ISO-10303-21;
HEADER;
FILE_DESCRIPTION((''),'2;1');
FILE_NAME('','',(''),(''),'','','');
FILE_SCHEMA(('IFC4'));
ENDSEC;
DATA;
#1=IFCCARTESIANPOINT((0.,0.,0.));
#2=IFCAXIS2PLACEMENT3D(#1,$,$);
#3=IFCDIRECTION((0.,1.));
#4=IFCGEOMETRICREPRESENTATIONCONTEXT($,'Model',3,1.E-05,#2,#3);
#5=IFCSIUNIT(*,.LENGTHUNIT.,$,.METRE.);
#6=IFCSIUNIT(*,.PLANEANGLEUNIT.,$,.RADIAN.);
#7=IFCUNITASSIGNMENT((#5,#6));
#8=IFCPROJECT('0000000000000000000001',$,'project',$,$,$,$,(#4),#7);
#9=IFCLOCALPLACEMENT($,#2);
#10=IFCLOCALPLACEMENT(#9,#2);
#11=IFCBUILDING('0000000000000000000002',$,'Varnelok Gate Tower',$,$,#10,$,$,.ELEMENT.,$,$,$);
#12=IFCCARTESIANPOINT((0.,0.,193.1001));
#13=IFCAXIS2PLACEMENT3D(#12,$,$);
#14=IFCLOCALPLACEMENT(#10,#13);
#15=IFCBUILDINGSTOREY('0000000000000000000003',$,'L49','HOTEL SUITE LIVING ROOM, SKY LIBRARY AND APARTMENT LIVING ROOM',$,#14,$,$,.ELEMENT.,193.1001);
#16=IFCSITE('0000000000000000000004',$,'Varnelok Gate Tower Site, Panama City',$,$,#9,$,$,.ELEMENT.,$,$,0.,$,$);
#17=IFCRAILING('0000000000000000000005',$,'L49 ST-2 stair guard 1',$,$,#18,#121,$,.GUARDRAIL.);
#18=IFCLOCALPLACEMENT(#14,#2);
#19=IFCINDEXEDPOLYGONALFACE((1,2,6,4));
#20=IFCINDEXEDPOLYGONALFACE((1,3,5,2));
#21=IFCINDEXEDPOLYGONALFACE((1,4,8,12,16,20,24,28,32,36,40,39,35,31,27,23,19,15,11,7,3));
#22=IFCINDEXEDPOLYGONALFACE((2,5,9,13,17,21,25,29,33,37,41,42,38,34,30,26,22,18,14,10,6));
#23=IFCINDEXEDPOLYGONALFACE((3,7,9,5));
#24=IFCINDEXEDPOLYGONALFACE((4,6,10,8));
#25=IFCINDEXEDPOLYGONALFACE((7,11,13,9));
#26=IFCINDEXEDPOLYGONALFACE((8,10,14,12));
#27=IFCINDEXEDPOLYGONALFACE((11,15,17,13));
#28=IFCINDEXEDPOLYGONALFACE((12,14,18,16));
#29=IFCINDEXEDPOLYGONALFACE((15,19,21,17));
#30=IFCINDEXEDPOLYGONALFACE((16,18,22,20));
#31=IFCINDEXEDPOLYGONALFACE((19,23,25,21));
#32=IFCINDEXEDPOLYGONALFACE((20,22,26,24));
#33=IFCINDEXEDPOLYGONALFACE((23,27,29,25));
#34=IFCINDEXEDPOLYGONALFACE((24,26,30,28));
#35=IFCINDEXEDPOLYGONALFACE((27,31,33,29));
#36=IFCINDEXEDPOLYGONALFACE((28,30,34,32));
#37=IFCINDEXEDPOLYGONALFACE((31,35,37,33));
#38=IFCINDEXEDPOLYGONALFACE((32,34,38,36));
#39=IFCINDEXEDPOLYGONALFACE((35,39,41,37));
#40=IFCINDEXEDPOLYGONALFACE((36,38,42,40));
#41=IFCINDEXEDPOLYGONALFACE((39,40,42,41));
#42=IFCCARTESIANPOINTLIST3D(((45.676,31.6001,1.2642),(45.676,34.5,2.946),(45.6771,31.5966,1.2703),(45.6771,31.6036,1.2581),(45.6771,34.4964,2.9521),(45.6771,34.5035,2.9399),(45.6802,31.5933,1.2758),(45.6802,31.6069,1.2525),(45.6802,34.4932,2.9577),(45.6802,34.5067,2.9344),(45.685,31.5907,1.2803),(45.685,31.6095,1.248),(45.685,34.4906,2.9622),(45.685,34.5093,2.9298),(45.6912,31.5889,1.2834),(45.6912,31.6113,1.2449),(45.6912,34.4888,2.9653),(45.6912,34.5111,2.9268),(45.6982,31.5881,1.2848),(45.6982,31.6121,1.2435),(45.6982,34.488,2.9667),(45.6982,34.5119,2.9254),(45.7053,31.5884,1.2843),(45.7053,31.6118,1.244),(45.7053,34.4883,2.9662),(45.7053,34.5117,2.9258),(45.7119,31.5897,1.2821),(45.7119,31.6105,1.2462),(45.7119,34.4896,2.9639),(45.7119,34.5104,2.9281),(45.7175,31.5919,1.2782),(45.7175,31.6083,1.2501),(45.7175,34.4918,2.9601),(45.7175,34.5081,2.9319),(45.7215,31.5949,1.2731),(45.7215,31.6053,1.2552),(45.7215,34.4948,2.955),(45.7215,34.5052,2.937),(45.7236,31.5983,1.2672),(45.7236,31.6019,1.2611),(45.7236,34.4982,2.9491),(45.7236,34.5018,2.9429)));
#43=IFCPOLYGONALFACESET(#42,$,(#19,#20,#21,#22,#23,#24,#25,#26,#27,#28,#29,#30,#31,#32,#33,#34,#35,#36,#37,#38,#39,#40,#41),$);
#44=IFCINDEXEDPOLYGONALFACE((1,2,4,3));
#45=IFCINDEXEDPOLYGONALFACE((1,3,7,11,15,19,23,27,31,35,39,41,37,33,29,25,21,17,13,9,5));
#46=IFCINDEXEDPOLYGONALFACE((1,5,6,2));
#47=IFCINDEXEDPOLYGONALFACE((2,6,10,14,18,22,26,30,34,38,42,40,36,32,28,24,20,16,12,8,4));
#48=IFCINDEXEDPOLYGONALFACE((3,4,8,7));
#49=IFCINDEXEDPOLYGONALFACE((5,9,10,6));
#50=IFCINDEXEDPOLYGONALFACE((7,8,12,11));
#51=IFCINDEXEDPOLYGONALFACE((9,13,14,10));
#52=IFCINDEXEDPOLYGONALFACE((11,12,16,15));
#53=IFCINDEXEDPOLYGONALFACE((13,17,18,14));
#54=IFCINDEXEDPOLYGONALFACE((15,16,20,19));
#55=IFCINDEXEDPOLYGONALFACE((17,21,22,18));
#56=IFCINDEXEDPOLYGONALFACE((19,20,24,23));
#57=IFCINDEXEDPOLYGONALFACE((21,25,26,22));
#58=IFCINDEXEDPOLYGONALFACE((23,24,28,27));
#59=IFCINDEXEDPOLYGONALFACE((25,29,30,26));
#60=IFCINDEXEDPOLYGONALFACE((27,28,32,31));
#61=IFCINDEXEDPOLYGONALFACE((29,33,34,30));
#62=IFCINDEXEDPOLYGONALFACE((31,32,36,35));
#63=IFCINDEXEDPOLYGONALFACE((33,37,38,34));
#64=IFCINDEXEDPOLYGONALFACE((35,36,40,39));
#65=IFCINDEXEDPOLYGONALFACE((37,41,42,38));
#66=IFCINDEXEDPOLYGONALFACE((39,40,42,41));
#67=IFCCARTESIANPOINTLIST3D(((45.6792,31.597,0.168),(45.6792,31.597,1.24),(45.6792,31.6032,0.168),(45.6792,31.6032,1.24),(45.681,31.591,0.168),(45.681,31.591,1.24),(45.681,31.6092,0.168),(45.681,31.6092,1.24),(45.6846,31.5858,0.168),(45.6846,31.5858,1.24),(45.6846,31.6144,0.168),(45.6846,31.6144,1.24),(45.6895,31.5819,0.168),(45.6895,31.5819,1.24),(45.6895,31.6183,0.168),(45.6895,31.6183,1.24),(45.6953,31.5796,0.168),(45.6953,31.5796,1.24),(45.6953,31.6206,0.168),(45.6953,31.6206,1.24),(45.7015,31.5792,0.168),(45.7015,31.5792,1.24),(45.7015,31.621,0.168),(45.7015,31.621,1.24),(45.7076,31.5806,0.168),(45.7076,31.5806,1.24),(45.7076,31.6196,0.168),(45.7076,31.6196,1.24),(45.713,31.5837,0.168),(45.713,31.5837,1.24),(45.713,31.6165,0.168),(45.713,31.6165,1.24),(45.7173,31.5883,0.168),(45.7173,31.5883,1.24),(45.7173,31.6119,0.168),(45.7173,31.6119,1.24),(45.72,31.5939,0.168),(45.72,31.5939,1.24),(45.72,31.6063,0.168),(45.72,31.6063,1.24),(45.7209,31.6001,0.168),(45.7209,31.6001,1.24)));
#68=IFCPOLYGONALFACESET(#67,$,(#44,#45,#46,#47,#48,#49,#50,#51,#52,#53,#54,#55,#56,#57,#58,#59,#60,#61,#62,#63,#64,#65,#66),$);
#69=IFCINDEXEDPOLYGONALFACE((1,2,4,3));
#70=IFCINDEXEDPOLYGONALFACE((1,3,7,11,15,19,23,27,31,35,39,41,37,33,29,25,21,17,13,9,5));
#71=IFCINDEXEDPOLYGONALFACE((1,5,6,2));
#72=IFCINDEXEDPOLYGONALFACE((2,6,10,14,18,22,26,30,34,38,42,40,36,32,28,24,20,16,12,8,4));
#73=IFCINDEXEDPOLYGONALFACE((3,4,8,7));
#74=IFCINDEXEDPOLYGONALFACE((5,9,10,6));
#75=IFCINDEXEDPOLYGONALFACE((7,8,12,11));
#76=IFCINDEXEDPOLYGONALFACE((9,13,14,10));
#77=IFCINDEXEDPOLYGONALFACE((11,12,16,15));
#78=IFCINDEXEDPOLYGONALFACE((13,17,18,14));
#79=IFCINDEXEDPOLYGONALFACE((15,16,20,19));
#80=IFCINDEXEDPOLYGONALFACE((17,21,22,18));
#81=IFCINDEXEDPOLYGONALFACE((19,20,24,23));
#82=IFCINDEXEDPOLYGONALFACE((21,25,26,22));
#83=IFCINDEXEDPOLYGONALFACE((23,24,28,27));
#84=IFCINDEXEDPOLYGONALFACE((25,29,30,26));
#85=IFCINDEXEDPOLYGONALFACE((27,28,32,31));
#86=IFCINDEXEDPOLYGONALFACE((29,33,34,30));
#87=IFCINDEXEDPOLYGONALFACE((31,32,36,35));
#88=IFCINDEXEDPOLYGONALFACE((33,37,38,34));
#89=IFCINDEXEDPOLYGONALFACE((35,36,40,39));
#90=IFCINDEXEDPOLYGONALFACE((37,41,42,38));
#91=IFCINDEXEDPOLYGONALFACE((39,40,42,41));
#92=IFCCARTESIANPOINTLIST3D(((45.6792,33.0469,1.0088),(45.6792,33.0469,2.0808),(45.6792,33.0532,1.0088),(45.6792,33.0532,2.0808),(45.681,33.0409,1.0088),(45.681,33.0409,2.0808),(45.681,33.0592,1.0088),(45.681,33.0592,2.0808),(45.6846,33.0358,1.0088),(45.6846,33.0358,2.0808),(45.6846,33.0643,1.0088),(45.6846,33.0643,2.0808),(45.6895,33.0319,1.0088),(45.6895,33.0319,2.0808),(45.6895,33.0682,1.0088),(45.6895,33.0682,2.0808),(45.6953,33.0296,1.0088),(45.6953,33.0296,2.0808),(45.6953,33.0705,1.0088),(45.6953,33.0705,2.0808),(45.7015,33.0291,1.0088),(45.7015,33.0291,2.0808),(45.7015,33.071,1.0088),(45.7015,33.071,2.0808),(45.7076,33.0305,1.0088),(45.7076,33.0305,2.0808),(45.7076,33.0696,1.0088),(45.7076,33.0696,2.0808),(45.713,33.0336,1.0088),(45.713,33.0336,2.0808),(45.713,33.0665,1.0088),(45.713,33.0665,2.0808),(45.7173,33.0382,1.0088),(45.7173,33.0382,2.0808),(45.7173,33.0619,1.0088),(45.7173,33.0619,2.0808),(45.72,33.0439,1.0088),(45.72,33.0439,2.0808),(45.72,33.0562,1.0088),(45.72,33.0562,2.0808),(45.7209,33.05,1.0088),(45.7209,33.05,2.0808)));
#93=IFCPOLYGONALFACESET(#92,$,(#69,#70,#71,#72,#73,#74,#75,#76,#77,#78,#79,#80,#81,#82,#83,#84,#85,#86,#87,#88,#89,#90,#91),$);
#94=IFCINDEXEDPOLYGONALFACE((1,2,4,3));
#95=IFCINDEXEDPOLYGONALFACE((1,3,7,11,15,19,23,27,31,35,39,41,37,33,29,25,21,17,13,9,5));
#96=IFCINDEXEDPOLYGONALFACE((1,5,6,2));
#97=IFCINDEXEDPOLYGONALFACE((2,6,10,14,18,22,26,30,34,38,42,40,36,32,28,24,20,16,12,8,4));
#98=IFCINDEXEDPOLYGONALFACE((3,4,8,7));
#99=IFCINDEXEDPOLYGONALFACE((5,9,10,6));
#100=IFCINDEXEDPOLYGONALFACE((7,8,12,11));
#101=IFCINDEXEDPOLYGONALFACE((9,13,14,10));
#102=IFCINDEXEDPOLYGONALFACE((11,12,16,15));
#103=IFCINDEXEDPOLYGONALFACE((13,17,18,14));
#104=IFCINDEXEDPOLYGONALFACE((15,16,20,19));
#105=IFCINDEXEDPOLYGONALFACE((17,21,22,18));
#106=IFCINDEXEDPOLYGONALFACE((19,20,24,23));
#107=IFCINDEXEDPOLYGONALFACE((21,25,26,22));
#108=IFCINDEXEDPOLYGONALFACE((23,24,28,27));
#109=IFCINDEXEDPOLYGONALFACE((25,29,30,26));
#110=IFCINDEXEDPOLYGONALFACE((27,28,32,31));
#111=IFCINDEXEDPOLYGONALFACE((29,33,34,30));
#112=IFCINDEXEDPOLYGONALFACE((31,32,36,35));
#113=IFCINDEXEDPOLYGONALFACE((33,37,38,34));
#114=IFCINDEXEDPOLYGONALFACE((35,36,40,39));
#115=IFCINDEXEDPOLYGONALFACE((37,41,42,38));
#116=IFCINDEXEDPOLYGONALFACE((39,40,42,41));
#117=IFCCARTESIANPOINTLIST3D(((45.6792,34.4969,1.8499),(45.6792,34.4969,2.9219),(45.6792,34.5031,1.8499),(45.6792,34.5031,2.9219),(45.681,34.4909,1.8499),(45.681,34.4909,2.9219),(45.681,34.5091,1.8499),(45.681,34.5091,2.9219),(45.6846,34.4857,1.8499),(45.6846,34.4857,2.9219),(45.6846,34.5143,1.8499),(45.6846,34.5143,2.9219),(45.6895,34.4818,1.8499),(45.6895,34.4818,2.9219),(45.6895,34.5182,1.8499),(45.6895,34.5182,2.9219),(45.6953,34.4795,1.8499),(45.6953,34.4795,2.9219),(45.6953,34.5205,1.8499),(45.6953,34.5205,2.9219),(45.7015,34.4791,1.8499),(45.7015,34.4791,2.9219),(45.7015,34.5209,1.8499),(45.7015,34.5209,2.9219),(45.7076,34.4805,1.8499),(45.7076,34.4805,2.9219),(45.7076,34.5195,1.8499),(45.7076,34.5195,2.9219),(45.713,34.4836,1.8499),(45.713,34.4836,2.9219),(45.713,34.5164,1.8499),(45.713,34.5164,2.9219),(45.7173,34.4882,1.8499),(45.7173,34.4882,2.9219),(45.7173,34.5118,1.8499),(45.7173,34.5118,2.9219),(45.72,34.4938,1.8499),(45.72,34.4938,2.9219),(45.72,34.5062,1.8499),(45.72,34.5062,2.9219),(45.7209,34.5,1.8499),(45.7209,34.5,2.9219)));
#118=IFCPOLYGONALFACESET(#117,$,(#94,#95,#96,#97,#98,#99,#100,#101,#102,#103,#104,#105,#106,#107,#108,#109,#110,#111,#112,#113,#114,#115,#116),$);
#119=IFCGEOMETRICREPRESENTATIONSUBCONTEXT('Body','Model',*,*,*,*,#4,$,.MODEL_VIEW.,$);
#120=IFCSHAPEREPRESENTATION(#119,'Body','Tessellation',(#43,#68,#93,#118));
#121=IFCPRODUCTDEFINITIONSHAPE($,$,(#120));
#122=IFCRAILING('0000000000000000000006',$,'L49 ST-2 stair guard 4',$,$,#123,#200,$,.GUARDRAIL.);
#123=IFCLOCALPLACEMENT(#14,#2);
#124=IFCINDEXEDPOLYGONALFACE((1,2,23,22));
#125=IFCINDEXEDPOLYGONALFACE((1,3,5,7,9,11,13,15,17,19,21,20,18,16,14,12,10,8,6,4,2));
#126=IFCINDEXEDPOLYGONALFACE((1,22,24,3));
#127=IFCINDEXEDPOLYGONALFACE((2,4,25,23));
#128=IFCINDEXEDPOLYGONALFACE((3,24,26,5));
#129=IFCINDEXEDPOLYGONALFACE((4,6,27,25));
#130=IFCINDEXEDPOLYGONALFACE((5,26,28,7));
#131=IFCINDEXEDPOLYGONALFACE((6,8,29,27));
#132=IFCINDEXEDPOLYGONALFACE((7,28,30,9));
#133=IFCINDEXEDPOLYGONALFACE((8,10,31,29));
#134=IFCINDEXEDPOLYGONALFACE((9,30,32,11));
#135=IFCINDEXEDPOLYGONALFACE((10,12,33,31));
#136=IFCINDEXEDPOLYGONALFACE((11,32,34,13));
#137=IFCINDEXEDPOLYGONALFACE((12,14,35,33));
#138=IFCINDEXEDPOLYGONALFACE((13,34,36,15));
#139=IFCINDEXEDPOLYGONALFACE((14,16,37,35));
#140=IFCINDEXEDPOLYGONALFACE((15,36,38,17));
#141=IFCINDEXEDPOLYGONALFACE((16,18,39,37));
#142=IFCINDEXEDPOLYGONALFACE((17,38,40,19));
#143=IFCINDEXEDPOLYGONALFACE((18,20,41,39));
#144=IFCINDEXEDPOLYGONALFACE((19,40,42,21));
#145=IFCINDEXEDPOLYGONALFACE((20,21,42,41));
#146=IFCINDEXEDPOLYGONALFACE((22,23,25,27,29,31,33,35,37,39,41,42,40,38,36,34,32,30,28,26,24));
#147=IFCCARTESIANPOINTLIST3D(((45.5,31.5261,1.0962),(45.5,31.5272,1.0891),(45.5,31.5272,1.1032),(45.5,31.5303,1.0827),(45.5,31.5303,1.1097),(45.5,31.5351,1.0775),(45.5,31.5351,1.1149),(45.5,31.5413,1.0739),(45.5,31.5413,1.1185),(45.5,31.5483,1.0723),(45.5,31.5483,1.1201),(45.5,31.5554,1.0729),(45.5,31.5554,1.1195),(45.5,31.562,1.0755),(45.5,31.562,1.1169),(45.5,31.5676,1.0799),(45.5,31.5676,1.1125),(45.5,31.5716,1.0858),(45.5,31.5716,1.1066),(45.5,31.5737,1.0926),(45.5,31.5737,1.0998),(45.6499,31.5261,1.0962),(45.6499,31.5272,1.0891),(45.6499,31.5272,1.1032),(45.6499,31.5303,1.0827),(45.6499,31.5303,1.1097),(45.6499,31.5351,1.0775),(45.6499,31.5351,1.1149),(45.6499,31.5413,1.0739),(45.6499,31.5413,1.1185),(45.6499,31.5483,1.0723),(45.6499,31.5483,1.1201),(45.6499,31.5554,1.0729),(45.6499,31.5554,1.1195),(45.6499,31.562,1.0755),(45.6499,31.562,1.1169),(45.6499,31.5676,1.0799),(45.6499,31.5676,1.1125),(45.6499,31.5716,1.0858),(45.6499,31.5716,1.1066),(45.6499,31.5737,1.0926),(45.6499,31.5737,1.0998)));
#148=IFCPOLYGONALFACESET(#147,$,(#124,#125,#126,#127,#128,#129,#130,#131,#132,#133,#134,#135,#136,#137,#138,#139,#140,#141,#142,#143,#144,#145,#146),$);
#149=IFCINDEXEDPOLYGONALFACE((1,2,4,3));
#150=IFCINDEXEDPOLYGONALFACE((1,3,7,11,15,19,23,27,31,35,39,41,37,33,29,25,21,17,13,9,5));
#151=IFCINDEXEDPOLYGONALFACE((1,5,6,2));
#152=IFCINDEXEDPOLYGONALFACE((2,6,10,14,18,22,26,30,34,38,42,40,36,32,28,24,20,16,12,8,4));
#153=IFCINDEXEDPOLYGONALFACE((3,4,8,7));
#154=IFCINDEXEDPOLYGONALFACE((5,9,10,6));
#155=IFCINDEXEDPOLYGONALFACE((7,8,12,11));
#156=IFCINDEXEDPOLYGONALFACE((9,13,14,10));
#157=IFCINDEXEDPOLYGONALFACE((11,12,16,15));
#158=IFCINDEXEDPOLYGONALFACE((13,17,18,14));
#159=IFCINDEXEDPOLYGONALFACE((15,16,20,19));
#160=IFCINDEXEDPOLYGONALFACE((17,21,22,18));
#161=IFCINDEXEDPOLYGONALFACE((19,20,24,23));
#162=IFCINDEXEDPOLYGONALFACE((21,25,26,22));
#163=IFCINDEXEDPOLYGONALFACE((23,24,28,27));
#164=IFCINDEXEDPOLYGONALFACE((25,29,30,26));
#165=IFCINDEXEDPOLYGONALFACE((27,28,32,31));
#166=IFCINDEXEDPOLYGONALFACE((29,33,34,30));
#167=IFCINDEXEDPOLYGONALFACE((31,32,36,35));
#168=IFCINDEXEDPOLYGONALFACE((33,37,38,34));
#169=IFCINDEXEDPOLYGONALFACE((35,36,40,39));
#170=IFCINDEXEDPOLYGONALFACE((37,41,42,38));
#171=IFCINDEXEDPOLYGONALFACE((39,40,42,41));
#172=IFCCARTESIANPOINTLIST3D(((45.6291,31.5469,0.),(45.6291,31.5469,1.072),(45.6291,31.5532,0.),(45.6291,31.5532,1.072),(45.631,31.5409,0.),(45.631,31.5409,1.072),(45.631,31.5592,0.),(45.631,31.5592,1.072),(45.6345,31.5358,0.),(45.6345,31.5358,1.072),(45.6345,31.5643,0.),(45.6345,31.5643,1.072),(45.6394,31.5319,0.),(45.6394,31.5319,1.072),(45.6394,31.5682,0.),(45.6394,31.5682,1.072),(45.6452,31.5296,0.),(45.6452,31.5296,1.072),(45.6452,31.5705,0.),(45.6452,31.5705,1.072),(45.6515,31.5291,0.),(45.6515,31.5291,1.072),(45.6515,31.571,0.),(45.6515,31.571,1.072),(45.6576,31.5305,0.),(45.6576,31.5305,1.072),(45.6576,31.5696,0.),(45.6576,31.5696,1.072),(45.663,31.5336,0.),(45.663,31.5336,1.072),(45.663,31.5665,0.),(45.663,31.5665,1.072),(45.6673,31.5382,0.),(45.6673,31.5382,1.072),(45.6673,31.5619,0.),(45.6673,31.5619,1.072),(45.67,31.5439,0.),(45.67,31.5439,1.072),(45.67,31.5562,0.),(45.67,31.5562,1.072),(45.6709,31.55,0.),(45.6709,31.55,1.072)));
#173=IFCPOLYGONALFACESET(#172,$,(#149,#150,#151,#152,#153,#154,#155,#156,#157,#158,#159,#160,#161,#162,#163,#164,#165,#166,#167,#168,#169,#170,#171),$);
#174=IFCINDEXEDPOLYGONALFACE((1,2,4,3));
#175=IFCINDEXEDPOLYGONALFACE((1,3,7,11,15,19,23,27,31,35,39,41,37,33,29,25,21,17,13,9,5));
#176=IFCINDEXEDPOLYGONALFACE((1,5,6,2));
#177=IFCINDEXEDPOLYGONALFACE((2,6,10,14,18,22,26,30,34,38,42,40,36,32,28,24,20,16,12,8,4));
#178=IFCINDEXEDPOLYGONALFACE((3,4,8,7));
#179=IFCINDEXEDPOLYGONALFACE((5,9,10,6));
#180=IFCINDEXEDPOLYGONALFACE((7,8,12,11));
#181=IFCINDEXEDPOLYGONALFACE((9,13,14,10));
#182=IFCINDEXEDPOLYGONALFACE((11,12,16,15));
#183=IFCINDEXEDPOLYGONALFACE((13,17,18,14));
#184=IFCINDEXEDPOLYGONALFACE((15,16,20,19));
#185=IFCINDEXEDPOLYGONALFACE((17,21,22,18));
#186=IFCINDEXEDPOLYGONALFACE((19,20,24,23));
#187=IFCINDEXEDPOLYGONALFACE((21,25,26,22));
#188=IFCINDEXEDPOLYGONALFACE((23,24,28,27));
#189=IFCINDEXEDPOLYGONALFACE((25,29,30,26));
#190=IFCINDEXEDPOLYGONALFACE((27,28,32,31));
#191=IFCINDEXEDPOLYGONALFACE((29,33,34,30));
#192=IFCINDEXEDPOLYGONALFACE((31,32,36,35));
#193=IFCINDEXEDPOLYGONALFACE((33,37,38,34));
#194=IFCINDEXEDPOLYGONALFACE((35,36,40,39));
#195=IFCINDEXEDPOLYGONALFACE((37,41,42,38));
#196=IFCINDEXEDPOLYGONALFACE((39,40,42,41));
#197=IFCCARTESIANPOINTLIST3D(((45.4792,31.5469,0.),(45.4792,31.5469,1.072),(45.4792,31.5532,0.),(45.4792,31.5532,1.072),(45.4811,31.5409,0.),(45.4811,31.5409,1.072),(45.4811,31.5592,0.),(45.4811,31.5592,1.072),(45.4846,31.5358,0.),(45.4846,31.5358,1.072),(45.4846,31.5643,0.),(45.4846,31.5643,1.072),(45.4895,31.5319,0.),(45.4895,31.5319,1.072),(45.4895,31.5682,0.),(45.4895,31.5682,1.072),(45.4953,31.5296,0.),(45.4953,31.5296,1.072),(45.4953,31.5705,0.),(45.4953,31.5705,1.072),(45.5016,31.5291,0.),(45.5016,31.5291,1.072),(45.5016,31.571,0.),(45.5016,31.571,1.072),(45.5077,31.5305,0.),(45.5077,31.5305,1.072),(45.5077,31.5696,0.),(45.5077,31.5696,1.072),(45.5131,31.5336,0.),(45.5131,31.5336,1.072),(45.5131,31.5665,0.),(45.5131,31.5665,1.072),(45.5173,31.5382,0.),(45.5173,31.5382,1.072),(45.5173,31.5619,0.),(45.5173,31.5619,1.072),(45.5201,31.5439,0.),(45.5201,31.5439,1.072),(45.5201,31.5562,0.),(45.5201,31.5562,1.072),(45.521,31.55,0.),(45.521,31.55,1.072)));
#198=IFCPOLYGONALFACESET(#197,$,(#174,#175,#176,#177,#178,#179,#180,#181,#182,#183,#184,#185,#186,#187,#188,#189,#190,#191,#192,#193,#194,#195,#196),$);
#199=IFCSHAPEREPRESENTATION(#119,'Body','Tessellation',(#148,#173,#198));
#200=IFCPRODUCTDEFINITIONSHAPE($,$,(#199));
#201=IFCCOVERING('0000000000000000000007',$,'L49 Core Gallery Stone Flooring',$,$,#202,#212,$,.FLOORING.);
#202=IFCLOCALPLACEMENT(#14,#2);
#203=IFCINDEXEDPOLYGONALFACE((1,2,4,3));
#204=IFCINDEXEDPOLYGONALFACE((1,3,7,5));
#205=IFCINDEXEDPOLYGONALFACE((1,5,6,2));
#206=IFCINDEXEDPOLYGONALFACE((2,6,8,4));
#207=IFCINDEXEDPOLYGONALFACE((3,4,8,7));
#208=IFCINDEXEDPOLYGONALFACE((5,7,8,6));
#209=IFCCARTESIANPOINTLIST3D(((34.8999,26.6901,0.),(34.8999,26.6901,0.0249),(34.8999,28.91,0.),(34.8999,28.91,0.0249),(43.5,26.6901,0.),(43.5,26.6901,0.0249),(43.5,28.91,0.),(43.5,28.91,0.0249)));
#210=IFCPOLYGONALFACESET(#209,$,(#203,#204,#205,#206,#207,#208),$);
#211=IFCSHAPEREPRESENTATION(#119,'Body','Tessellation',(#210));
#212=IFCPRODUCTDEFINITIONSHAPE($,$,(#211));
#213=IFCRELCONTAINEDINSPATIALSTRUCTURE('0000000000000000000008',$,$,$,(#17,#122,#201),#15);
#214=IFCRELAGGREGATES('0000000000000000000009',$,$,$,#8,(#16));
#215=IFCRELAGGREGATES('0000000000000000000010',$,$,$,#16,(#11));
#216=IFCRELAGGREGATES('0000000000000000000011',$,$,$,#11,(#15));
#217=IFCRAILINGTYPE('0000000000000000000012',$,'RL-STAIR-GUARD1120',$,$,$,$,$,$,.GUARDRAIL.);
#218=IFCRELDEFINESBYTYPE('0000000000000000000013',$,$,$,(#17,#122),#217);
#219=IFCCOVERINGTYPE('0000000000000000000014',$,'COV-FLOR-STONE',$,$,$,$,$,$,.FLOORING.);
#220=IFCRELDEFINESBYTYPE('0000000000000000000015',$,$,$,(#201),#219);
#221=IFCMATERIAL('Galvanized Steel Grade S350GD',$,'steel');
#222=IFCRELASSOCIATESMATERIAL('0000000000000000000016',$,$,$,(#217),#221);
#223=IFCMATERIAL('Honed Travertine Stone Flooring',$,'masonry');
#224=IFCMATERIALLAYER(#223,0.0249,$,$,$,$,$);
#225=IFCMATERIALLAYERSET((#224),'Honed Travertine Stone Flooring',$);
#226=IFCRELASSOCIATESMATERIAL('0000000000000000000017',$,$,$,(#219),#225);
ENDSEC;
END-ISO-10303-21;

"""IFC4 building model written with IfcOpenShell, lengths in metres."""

from ifc_helpers import new_model, si_unit, direction, frame, origin, origin_2d, place, context, subcontext, project, spatial, rectangle, circle, extrude, source, transform, mapped, material, layer, layer_set, type_object, element, save


model = new_model("IFC4")

# Units and contexts
model_context = context("Model", 3, precision=1e-05, world=origin(), true_north=direction((0.0, 1.0)))
body_context = subcontext(model_context, "Body", "Model", "MODEL_VIEW")
ifc_project = project(units=[si_unit("LENGTHUNIT", "METRE"), si_unit("PLANEANGLEUNIT", "RADIAN")], contexts=[model_context])

# Site, building, storey
site_placement = place(None, origin())
site = spatial("IfcSite", under=ifc_project, at=site_placement, Name="Varnelok Gate Tower Site, Panama City", CompositionType="ELEMENT", RefElevation=0.0)
building_placement = place(site_placement, origin())
building = spatial("IfcBuilding", under=site, at=building_placement, Name="Varnelok Gate Tower", CompositionType="ELEMENT")
storey_placement = place(building_placement, frame((0.0, 0.0, 193.1001)))
storey = spatial("IfcBuildingStorey", under=building, at=storey_placement, Name="L49", Description="HOTEL SUITE LIVING ROOM, SKY LIBRARY AND APARTMENT LIVING ROOM", CompositionType="ELEMENT", Elevation=193.1001)

# Shared definitions
ifc_material_1 = material(Name="Galvanized Steel Grade S350GD", Category="steel")

# Railings
railing_type_1 = type_object("IfcRailingType", Name="RL-STAIR-GUARD1120", PredefinedType="GUARDRAIL", material=ifc_material_1)
railing_1_placement = place(storey_placement, frame((45.7, 31.6001, 0.168)))
element("IfcRailing", 1, at=railing_1_placement, inside=storey, type_object=railing_type_1, Name="L49 ST-2 stair guard 1", PredefinedType="GUARDRAIL", context=body_context, shape_type="SweptSolid", body=[
    extrude(circle(Radius=0.0239, at=origin_2d()), frame((0.0, 0.0, 1.0962), z_axis=(0.0, 0.865039, 0.501705), x_axis=(-1.0, 0.0, 0.0)), (0.0, 0.0, 1.0), 3.3523),
    extrude(circle(Radius=0.021, at=origin_2d()), origin(), (0.0, 0.0, 1.0), 1.072),
    extrude(circle(Radius=0.021, at=origin_2d()), frame((0.0, 1.45, 0.8408)), (0.0, 0.0, 1.0), 1.072),
    extrude(circle(Radius=0.021, at=origin_2d()), frame((0.0, 2.8999, 1.6819)), (0.0, 0.0, 1.0), 1.072),
])
railing_2_placement = place(storey_placement, frame((45.6499, 31.55, 0.0)))
element("IfcRailing", 2, at=railing_2_placement, inside=storey, type_object=railing_type_1, Name="L49 ST-2 stair guard 4", PredefinedType="GUARDRAIL", context=body_context, shape_type="SweptSolid", body=[
    extrude(circle(Radius=0.0239, at=origin_2d()), frame((0.0, 0.0, 1.0962), z_axis=(-1.0, 0.0, 0.0), x_axis=(0.0, -1.0, 0.0)), (0.0, 0.0, 1.0), 0.1499),
    extrude(circle(Radius=0.021, at=origin_2d()), origin(), (0.0, 0.0, 1.0), 1.072),
    extrude(circle(Radius=0.021, at=origin_2d()), frame((-0.1499, 0.0, 0.0)), (0.0, 0.0, 1.0), 1.072),
])

# Covering
ifc_material_2 = material(Name="Honed Travertine Stone Flooring", Category="masonry")
ifc_layer_1 = layer(ifc_material_2, 0.0249)
ifc_layer_set_1 = layer_set([ifc_layer_1], Name="Honed Travertine Stone Flooring")
covering_type_1 = type_object("IfcCoveringType", Name="COV-FLOR-STONE", PredefinedType="FLOORING", material=ifc_layer_set_1)
shared_shape_1 = source(origin(), body_context, "Body", "SweptSolid", [
    extrude(rectangle(XDim=8.6001, YDim=2.22, at=origin_2d()), origin(), (0.0, 0.0, 1.0), 0.0249),
])
covering_1_placement = place(storey_placement, frame((39.2, 27.8, 0.0), z_axis=(0.0, 0.0, 1.0), x_axis=(1.0, 0.0, 0.0)))
element("IfcCovering", 3, at=covering_1_placement, inside=storey, type_object=covering_type_1, Name="L49 Core Gallery Stone Flooring", PredefinedType="FLOORING", context=body_context, shape_type="MappedRepresentation", body=[
    mapped(shared_shape_1, transform((0.0, 0.0, 0.0), scale=1.0)),
])

save(model, "model.ifc")
